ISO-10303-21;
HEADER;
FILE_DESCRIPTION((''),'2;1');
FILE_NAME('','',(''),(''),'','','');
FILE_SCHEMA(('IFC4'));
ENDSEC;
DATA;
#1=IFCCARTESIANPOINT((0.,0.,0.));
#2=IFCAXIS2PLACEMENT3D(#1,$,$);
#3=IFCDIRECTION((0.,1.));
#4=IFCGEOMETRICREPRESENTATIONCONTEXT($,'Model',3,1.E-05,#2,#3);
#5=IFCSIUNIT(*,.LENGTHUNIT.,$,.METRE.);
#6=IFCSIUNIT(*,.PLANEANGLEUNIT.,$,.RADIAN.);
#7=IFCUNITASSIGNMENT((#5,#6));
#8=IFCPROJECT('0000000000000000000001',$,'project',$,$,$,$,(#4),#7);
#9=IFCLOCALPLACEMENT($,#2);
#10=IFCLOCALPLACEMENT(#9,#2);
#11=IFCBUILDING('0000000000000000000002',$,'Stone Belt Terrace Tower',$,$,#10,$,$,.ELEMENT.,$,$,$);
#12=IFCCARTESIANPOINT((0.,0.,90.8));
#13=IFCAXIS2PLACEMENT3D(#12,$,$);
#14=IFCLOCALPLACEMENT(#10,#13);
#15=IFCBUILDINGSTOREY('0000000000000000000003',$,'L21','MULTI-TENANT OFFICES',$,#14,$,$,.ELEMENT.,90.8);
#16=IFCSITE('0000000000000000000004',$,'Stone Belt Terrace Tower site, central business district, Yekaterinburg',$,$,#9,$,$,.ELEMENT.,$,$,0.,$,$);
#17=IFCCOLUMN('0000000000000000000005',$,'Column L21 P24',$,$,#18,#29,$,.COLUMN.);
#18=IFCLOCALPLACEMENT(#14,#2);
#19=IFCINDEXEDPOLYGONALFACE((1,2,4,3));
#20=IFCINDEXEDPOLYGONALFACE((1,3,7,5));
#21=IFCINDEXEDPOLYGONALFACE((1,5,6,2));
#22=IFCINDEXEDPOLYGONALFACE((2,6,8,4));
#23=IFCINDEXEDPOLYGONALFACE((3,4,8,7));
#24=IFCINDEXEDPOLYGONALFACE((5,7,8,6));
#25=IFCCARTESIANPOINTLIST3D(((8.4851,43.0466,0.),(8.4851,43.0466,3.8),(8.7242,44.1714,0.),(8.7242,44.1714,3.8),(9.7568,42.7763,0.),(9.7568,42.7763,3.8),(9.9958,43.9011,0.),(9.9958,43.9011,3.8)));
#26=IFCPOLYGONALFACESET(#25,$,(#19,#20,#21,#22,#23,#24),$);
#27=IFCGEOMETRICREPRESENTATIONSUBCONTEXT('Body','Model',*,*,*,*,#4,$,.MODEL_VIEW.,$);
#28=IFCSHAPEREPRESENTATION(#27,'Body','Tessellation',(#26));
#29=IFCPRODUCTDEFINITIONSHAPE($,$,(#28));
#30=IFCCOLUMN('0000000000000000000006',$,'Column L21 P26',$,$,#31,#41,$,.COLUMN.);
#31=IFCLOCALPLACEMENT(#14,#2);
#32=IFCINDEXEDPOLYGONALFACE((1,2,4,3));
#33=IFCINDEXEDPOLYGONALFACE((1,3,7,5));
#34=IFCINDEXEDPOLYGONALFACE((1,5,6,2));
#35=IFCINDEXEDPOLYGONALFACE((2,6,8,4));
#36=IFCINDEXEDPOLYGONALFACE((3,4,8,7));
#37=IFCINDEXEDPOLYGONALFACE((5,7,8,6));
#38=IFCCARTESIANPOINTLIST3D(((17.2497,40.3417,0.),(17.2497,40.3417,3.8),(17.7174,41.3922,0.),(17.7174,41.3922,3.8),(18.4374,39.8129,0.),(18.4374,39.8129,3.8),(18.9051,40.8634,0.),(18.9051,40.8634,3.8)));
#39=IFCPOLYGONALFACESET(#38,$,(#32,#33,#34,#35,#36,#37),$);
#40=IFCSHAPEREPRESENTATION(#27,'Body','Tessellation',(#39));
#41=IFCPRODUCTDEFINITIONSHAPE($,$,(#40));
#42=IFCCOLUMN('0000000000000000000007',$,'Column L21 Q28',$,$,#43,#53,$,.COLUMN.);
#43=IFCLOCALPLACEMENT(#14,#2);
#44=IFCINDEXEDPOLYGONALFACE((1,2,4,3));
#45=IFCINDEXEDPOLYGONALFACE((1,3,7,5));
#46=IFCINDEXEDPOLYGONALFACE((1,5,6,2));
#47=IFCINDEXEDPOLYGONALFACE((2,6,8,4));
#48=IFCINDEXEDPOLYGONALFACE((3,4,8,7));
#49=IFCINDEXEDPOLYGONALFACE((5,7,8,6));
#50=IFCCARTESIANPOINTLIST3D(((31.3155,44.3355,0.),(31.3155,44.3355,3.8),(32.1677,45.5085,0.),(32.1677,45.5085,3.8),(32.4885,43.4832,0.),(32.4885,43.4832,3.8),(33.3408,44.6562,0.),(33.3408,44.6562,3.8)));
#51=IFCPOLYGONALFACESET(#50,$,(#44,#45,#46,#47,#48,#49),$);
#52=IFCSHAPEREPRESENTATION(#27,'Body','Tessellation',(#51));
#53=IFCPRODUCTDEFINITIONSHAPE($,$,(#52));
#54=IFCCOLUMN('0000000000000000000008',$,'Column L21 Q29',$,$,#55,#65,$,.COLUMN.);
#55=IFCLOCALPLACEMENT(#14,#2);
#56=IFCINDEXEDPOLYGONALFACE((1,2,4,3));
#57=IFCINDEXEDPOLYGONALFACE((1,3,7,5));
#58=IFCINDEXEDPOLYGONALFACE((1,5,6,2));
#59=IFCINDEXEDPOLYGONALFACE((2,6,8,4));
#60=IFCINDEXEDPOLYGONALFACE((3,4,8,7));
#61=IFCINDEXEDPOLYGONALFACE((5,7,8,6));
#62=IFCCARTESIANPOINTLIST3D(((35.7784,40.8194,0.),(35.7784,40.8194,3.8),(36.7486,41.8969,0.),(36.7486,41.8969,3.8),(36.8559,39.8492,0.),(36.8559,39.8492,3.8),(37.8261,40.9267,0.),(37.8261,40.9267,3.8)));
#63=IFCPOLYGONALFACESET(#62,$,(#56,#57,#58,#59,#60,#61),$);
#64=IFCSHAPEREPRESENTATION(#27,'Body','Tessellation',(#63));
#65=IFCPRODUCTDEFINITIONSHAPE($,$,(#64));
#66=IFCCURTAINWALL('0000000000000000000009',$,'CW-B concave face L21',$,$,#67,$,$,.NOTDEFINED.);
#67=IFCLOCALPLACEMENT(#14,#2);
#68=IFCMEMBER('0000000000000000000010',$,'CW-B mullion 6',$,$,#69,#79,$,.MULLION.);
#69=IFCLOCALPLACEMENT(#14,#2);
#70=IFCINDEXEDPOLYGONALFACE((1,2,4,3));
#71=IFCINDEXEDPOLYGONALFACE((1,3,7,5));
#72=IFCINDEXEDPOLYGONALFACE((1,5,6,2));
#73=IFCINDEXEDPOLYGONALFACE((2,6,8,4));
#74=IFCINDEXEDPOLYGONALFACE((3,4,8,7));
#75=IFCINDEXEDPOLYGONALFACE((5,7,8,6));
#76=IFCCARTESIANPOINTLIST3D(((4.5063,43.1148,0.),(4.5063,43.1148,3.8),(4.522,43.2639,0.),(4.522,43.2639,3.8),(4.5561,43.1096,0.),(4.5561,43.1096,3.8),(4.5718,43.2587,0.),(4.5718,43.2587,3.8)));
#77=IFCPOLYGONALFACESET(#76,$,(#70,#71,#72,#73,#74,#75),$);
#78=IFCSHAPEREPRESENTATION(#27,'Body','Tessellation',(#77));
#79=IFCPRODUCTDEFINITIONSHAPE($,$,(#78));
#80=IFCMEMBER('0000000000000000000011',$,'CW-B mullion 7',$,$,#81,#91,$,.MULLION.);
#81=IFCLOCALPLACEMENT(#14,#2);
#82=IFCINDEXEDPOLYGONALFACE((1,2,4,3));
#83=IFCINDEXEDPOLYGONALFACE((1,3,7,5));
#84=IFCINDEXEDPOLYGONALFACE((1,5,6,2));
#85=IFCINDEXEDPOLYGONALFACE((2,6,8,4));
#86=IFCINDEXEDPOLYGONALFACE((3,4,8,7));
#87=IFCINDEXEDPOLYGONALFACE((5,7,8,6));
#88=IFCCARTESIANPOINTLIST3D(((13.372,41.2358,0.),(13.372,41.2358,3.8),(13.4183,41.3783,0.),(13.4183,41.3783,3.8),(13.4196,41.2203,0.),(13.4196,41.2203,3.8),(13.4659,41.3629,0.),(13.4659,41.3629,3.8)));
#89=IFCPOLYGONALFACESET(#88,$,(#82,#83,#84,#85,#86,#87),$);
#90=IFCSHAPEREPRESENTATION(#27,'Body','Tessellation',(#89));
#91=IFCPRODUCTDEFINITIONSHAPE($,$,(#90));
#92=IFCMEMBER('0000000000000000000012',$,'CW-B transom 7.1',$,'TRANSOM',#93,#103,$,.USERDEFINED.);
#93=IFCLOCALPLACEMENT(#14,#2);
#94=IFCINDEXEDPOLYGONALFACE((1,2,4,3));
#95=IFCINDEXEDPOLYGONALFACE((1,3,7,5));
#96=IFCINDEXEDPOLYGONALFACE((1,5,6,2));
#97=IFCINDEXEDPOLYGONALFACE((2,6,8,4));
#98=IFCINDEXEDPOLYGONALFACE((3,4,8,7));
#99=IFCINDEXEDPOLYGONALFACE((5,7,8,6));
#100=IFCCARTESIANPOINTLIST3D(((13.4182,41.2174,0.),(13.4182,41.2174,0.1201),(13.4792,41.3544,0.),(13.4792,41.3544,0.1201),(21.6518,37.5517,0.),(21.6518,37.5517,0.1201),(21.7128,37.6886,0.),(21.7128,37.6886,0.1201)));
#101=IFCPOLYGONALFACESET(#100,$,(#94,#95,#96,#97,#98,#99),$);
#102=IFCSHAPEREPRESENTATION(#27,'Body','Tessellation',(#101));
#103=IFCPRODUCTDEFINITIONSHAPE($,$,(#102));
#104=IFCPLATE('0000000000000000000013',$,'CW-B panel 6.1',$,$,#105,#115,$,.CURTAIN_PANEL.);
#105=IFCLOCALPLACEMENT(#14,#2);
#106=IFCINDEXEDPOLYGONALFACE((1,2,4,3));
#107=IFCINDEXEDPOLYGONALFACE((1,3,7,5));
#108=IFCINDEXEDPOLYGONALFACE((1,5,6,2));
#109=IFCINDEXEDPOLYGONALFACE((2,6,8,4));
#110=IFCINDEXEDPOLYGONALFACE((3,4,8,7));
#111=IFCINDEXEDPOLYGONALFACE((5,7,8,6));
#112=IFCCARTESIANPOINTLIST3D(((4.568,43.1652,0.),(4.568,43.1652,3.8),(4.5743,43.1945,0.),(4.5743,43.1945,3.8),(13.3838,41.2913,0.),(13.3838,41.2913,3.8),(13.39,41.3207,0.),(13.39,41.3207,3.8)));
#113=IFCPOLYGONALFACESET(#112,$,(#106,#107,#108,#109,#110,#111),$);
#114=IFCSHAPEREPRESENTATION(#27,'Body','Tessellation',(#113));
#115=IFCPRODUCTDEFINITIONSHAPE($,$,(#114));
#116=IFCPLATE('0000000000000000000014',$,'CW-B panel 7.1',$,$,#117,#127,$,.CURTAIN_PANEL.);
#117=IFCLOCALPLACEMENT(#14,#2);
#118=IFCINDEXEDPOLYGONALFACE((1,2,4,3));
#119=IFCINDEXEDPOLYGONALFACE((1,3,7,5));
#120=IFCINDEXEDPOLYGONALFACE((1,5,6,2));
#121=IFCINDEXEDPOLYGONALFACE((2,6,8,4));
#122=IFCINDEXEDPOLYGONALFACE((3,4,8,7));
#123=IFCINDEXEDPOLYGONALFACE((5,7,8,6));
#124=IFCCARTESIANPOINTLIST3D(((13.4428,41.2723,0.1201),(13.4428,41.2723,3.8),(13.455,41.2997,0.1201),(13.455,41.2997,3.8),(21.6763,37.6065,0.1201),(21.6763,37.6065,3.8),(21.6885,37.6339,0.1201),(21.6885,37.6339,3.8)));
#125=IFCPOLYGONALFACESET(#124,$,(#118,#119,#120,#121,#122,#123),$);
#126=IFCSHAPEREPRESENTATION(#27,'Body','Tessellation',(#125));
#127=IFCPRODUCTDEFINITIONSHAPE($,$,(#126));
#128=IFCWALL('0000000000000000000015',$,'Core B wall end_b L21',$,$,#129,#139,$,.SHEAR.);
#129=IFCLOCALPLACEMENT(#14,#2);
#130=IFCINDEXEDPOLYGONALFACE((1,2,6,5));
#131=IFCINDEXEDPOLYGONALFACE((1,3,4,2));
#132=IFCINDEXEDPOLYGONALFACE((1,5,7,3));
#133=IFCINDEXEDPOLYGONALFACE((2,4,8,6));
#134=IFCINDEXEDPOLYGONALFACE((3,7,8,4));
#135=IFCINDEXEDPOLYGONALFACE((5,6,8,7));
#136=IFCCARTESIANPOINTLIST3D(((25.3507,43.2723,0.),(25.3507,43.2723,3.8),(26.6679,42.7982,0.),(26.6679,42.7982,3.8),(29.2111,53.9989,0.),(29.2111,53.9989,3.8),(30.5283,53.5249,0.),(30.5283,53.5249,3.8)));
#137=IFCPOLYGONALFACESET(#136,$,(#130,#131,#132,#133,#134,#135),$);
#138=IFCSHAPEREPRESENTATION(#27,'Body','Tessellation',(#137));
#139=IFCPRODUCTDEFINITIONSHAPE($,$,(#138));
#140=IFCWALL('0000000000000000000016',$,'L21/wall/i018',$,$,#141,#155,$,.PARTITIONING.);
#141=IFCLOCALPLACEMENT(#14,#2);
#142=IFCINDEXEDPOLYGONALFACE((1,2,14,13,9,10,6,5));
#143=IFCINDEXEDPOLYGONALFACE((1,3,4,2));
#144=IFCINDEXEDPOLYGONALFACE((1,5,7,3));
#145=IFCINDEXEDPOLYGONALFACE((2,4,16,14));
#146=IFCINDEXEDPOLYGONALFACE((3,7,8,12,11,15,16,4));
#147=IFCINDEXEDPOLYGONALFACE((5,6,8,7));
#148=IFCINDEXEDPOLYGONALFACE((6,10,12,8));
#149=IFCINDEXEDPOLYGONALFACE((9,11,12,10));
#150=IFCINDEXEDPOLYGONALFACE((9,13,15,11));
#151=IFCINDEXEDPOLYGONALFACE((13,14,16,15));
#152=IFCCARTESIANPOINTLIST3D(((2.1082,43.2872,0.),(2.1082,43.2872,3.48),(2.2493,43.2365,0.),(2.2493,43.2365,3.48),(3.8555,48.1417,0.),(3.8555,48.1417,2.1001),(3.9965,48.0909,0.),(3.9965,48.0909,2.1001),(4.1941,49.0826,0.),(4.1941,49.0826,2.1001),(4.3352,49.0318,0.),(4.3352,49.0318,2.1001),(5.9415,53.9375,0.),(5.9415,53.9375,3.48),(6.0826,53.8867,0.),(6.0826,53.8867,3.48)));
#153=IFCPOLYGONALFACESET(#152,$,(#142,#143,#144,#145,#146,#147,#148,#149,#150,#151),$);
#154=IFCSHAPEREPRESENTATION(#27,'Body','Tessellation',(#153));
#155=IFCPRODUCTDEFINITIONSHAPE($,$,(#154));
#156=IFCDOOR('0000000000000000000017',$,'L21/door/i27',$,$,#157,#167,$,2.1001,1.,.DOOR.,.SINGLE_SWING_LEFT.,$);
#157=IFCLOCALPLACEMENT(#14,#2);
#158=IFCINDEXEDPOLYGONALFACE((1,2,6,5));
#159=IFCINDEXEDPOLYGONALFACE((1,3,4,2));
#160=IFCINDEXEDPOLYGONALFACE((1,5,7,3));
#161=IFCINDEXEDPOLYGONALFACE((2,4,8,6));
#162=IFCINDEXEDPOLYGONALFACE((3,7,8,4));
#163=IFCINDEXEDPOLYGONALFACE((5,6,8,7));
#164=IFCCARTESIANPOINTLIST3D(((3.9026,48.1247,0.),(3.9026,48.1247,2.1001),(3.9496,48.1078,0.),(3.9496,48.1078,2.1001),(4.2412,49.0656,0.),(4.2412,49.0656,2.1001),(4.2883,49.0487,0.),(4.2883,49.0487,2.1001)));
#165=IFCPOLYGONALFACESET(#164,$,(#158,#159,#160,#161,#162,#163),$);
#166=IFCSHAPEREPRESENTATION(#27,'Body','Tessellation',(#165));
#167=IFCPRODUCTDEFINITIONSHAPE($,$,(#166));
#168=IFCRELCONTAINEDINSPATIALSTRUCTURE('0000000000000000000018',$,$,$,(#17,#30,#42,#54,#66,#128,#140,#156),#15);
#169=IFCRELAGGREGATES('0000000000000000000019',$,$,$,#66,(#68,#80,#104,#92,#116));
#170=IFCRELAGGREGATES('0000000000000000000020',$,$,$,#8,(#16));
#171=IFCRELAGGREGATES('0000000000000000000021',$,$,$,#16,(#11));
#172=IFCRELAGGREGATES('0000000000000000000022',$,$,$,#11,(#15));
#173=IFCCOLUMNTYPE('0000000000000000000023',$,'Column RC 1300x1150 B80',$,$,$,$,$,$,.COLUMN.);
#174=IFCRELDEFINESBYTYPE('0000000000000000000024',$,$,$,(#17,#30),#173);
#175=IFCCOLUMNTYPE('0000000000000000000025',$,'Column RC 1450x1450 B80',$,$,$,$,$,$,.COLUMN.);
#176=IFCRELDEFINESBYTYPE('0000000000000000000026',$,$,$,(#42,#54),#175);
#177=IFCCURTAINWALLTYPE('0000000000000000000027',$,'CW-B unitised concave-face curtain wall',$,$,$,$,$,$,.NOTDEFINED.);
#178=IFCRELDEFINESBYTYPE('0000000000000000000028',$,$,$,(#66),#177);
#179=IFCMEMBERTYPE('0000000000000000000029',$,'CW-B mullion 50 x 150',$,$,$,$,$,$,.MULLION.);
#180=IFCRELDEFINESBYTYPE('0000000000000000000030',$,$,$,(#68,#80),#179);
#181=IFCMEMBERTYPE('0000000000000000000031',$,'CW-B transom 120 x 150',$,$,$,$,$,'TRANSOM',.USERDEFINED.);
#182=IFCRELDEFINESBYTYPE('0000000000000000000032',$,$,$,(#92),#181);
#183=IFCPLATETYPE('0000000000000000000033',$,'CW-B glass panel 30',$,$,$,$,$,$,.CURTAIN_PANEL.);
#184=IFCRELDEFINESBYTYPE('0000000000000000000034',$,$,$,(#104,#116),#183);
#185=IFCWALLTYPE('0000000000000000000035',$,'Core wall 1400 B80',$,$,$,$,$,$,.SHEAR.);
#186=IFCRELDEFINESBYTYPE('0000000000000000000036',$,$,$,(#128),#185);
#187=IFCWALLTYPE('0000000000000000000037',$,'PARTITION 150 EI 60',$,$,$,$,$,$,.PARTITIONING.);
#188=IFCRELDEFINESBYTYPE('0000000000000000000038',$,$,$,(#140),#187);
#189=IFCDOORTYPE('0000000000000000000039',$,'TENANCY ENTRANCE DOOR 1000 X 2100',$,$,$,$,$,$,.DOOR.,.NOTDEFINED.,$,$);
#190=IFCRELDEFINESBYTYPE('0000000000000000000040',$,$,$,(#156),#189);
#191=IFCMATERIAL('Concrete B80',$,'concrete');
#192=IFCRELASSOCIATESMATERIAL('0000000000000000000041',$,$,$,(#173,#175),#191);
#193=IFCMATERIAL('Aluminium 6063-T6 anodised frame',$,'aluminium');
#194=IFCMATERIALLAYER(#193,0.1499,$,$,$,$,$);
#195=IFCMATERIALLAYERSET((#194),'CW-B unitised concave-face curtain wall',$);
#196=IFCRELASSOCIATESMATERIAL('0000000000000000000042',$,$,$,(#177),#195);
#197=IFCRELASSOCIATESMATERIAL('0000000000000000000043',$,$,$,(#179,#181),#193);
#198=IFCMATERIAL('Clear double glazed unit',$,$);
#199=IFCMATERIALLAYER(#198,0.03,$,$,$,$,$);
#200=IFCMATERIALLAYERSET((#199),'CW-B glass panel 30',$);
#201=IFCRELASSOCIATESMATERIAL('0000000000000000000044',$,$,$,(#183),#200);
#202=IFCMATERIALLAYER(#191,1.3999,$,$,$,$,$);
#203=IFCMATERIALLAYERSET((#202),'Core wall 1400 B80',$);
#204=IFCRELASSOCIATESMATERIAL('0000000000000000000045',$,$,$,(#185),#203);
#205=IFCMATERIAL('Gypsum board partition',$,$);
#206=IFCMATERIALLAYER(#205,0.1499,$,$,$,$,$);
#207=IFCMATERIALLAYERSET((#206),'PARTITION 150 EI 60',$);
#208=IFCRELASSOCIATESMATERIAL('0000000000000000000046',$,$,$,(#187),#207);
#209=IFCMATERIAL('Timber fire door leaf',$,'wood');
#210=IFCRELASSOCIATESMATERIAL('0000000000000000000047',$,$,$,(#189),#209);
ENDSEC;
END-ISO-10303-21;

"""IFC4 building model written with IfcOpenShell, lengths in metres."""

from ifc_helpers import new_model, si_unit, direction, frame, frame_2d, origin, origin_2d, place, context, subcontext, project, spatial, rectangle, extrude, material, layer, layer_set, material_profile, profile_set, type_object, element, fill, aggregate, save


model = new_model("IFC4")

# Units and contexts
model_context = context("Model", 3, precision=1e-05, world=origin(), true_north=direction((0.0, 1.0)))
body_context = subcontext(model_context, "Body", "Model", "MODEL_VIEW")
ifc_project = project(units=[si_unit("LENGTHUNIT", "METRE"), si_unit("PLANEANGLEUNIT", "RADIAN")], contexts=[model_context])

# Site, building, storey
site_placement = place(None, origin())
site = spatial("IfcSite", under=ifc_project, at=site_placement, Name="Stone Belt Terrace Tower site, central business district, Yekaterinburg", CompositionType="ELEMENT", RefElevation=0.0)
building_placement = place(site_placement, origin())
building = spatial("IfcBuilding", under=site, at=building_placement, Name="Stone Belt Terrace Tower", CompositionType="ELEMENT")
storey_placement = place(building_placement, frame((0.0, 0.0, 90.8)))
storey = spatial("IfcBuildingStorey", under=building, at=storey_placement, Name="L21", Description="MULTI-TENANT OFFICES", CompositionType="ELEMENT", Elevation=90.8)

# Columns
ifc_material_1 = material(Name="Concrete B80", Category="concrete")
ifc_material_profile_1 = material_profile(ifc_material_1, rectangle(XDim=1.3, YDim=1.1499, at=origin_2d()), Name="RC 1300x1150")
ifc_profile_set_1 = profile_set([ifc_material_profile_1], Name="Concrete B80")
column_type_1 = type_object("IfcColumnType", Name="Column RC 1300x1150 B80", PredefinedType="COLUMN", material=ifc_profile_set_1)
for number, where, z_axis, x_axis, name in (
    (1, (9.2405, 43.4739, 0.0), (0.0, 0.0, 1.0), (0.978148, -0.207912, 0.0), "Column L21 P24"),
    (2, (18.0774, 40.6025, 0.0), (0.0, 0.0, 1.0), (0.913545, -0.406737, 0.0), "Column L21 P26"),
):
    element("IfcColumn", number, at=place(storey_placement, frame(where, z_axis=z_axis, x_axis=x_axis)), inside=storey, type_object=column_type_1, Name=name, PredefinedType="COLUMN", context=body_context, shape_type="SweptSolid", body=[
        extrude(rectangle(XDim=1.3, YDim=1.1499, at=origin_2d()), origin(), (0.0, 0.0, 1.0), 3.8),
    ])
ifc_material_profile_2 = material_profile(ifc_material_1, rectangle(XDim=1.45, YDim=1.45, at=origin_2d()), Name="RC 1450x1450")
ifc_profile_set_2 = profile_set([ifc_material_profile_2], Name="Concrete B80")
column_type_2 = type_object("IfcColumnType", Name="Column RC 1450x1450 B80", PredefinedType="COLUMN", material=ifc_profile_set_2)
for number, where, z_axis, x_axis, name in (
    (3, (32.3281, 44.4958, 0.0), (0.0, 0.0, 1.0), (0.809017, -0.587785, 0.0), "Column L21 Q28"),
    (4, (36.8022, 40.873, 0.0), (0.0, 0.0, 1.0), (0.743145, -0.669131, 0.0), "Column L21 Q29"),
):
    element("IfcColumn", number, at=place(storey_placement, frame(where, z_axis=z_axis, x_axis=x_axis)), inside=storey, type_object=column_type_2, Name=name, PredefinedType="COLUMN", context=body_context, shape_type="SweptSolid", body=[
        extrude(rectangle(XDim=1.45, YDim=1.45, at=origin_2d()), origin(), (0.0, 0.0, 1.0), 3.8),
    ])

# Curtain wall, members, plates
ifc_material_2 = material(Name="Aluminium 6063-T6 anodised frame", Category="aluminium")
ifc_layer_1 = layer(ifc_material_2, 0.1499)
ifc_layer_set_1 = layer_set([ifc_layer_1], Name="CW-B unitised concave-face curtain wall")
curtain_wall_type = type_object("IfcCurtainWallType", Name="CW-B unitised concave-face curtain wall", PredefinedType="NOTDEFINED", material=ifc_layer_set_1)
curtain_wall_placement = place(storey_placement, origin())
curtain_wall = element("IfcCurtainWall", 5, at=curtain_wall_placement, inside=storey, type_object=curtain_wall_type, Name="CW-B concave face L21", PredefinedType="NOTDEFINED")
ifc_material_profile_3 = material_profile(ifc_material_2, rectangle(XDim=0.1499, YDim=0.05, at=origin_2d()), Name="Aluminium 6063-T6 50x150")
ifc_profile_set_3 = profile_set([ifc_material_profile_3], Name="Aluminium 6063-T6 anodised frame")
member_type_1 = type_object("IfcMemberType", Name="CW-B mullion 50 x 150", PredefinedType="MULLION", material=ifc_profile_set_3)
member_1_placement = place(storey_placement, frame((4.5391, 43.1868, 0.0), z_axis=(0.0, 0.0, 1.0), x_axis=(0.104528, 0.994522, 0.0)))
member_1 = element("IfcMember", 6, at=member_1_placement, type_object=member_type_1, Name="CW-B mullion 6", PredefinedType="MULLION", context=body_context, shape_type="SweptSolid", body=[
    extrude(rectangle(XDim=0.1499, YDim=0.05, at=origin_2d()), origin(), (0.0, 0.0, 1.0), 3.8),
])
member_2_placement = place(storey_placement, frame((13.4189, 41.2993, 0.0), z_axis=(0.0, 0.0, 1.0), x_axis=(0.309017, 0.951057, 0.0)))
member_2 = element("IfcMember", 7, at=member_2_placement, type_object=member_type_1, Name="CW-B mullion 7", PredefinedType="MULLION", context=body_context, shape_type="SweptSolid", body=[
    extrude(rectangle(XDim=0.1499, YDim=0.05, at=origin_2d()), origin(), (0.0, 0.0, 1.0), 3.8),
])
ifc_material_profile_4 = material_profile(ifc_material_2, rectangle(XDim=0.1499, YDim=0.1201, at=origin_2d()), Name="Aluminium 6063-T6 150x120")
ifc_profile_set_4 = profile_set([ifc_material_profile_4], Name="Aluminium 6063-T6 anodised frame")
member_type_2 = type_object("IfcMemberType", Name="CW-B transom 120 x 150", ElementType="TRANSOM", PredefinedType="USERDEFINED", material=ifc_profile_set_4)
member_3_placement = place(storey_placement, frame((13.4487, 41.2859, 0.0601), z_axis=(0.913549, -0.406729, 0.0), x_axis=(0.406729, 0.913549, 0.0)))
member_3 = element("IfcMember", 8, at=member_3_placement, type_object=member_type_2, Name="CW-B transom 7.1", ObjectType="TRANSOM", PredefinedType="USERDEFINED", context=body_context, shape_type="SweptSolid", body=[
    extrude(rectangle(XDim=0.1499, YDim=0.1201, at=origin_2d()), origin(), (0.0, 0.0, 1.0), 9.0127),
])
ifc_material_3 = material(Name="Clear double glazed unit")
ifc_layer_2 = layer(ifc_material_3, 0.03)
ifc_layer_set_2 = layer_set([ifc_layer_2], Name="CW-B glass panel 30")
plate_type = type_object("IfcPlateType", Name="CW-B glass panel 30", PredefinedType="CURTAIN_PANEL", material=ifc_layer_set_2)
plate_1_placement = place(storey_placement, frame((8.979, 42.2429, 0.0), z_axis=(0.0, 0.0, 1.0), x_axis=(0.978148, -0.207912, 0.0)))
plate_1 = element("IfcPlate", 9, at=plate_1_placement, type_object=plate_type, Name="CW-B panel 6.1", PredefinedType="CURTAIN_PANEL", context=body_context, shape_type="SweptSolid", body=[
    extrude(rectangle(XDim=9.0127, YDim=0.03, at=origin_2d()), origin(), (0.0, 0.0, 1.0), 3.8),
])
plate_2_placement = place(storey_placement, frame((17.5657, 39.4531, 0.1201), z_axis=(0.0, 0.0, 1.0), x_axis=(0.913545, -0.406737, 0.0)))
plate_2 = element("IfcPlate", 10, at=plate_2_placement, type_object=plate_type, Name="CW-B panel 7.1", PredefinedType="CURTAIN_PANEL", context=body_context, shape_type="SweptSolid", body=[
    extrude(rectangle(XDim=9.0127, YDim=0.03, at=origin_2d()), origin(), (0.0, 0.0, 1.0), 3.6799),
])
aggregate(curtain_wall, [member_1, member_2, plate_1, member_3, plate_2])

# Wall
ifc_layer_3 = layer(ifc_material_1, 1.3999)
ifc_layer_set_3 = layer_set([ifc_layer_3], Name="Core wall 1400 B80")
wall_type_1 = type_object("IfcWallType", Name="Core wall 1400 B80", PredefinedType="SHEAR", material=ifc_layer_set_3)
wall_1_placement = place(storey_placement, frame((26.0093, 43.0352, 0.0), z_axis=(0.0, 0.0, 1.0), x_axis=(0.338625, 0.940921, 0.0)))
element("IfcWall", 11, at=wall_1_placement, inside=storey, type_object=wall_type_1, Name="Core B wall end_b L21", PredefinedType="SHEAR", context=body_context, shape_type="SweptSolid", body=[
    extrude(rectangle(XDim=11.4001, YDim=1.3999, at=frame_2d((5.7002, 0.0))), origin(), (0.0, 0.0, 1.0), 3.8),
])

# Wall, opening, door
ifc_material_4 = material(Name="Gypsum board partition")
ifc_layer_4 = layer(ifc_material_4, 0.1499)
ifc_layer_set_4 = layer_set([ifc_layer_4], Name="PARTITION 150 EI 60")
wall_type_2 = type_object("IfcWallType", Name="PARTITION 150 EI 60", PredefinedType="PARTITIONING", material=ifc_layer_set_4)
wall_2_placement = place(storey_placement, frame((2.1787, 43.2617, 0.0), z_axis=(0.0, 0.0, 1.0), x_axis=(0.338657, 0.94091, 0.0)))
wall_2 = element("IfcWall", 12, at=wall_2_placement, inside=storey, type_object=wall_type_2, Name="L21/wall/i018", PredefinedType="PARTITIONING", context=body_context, shape_type="SweptSolid", body=[
    extrude(rectangle(XDim=11.3191, YDim=0.1499, at=frame_2d((5.6597, 0.0))), origin(), (0.0, 0.0, 1.0), 3.48),
])
opening_1_placement = place(wall_2_placement, frame((5.1594, 0.0, 0.0)))
opening_1 = element("IfcOpeningElement", 13, at=opening_1_placement, cuts=wall_2, PredefinedType="OPENING", context=body_context, shape_type="SweptSolid", body=[
    extrude(rectangle(XDim=1.0, YDim=2.1001, at=frame_2d((0.5, 1.05))), frame((0.0, 0.085, 0.0), z_axis=(0.0, -1.0, 0.0), x_axis=(1.0, 0.0, 0.0)), (0.0, 0.0, 1.0), 0.1699),
])
ifc_material_5 = material(Name="Timber fire door leaf", Category="wood")
door_type_1 = type_object("IfcDoorType", Name="TENANCY ENTRANCE DOOR 1000 X 2100", OperationType="NOTDEFINED", PredefinedType="DOOR", material=ifc_material_5)
door_1_placement = place(opening_1_placement, origin())
door_1 = element("IfcDoor", 14, at=door_1_placement, inside=storey, type_object=door_type_1, Name="L21/door/i27", OperationType="SINGLE_SWING_LEFT", OverallHeight=2.1001, OverallWidth=1.0, PredefinedType="DOOR", context=body_context, shape_type="SweptSolid", body=[
    extrude(rectangle(XDim=1.0, YDim=2.1001, at=frame_2d((0.5, 1.05))), frame((0.0, 0.0249, 0.0), z_axis=(0.0, -1.0, 0.0), x_axis=(1.0, 0.0, 0.0)), (0.0, 0.0, 1.0), 0.05),
])
fill(opening_1, door_1)

save(model, "model.ifc")
